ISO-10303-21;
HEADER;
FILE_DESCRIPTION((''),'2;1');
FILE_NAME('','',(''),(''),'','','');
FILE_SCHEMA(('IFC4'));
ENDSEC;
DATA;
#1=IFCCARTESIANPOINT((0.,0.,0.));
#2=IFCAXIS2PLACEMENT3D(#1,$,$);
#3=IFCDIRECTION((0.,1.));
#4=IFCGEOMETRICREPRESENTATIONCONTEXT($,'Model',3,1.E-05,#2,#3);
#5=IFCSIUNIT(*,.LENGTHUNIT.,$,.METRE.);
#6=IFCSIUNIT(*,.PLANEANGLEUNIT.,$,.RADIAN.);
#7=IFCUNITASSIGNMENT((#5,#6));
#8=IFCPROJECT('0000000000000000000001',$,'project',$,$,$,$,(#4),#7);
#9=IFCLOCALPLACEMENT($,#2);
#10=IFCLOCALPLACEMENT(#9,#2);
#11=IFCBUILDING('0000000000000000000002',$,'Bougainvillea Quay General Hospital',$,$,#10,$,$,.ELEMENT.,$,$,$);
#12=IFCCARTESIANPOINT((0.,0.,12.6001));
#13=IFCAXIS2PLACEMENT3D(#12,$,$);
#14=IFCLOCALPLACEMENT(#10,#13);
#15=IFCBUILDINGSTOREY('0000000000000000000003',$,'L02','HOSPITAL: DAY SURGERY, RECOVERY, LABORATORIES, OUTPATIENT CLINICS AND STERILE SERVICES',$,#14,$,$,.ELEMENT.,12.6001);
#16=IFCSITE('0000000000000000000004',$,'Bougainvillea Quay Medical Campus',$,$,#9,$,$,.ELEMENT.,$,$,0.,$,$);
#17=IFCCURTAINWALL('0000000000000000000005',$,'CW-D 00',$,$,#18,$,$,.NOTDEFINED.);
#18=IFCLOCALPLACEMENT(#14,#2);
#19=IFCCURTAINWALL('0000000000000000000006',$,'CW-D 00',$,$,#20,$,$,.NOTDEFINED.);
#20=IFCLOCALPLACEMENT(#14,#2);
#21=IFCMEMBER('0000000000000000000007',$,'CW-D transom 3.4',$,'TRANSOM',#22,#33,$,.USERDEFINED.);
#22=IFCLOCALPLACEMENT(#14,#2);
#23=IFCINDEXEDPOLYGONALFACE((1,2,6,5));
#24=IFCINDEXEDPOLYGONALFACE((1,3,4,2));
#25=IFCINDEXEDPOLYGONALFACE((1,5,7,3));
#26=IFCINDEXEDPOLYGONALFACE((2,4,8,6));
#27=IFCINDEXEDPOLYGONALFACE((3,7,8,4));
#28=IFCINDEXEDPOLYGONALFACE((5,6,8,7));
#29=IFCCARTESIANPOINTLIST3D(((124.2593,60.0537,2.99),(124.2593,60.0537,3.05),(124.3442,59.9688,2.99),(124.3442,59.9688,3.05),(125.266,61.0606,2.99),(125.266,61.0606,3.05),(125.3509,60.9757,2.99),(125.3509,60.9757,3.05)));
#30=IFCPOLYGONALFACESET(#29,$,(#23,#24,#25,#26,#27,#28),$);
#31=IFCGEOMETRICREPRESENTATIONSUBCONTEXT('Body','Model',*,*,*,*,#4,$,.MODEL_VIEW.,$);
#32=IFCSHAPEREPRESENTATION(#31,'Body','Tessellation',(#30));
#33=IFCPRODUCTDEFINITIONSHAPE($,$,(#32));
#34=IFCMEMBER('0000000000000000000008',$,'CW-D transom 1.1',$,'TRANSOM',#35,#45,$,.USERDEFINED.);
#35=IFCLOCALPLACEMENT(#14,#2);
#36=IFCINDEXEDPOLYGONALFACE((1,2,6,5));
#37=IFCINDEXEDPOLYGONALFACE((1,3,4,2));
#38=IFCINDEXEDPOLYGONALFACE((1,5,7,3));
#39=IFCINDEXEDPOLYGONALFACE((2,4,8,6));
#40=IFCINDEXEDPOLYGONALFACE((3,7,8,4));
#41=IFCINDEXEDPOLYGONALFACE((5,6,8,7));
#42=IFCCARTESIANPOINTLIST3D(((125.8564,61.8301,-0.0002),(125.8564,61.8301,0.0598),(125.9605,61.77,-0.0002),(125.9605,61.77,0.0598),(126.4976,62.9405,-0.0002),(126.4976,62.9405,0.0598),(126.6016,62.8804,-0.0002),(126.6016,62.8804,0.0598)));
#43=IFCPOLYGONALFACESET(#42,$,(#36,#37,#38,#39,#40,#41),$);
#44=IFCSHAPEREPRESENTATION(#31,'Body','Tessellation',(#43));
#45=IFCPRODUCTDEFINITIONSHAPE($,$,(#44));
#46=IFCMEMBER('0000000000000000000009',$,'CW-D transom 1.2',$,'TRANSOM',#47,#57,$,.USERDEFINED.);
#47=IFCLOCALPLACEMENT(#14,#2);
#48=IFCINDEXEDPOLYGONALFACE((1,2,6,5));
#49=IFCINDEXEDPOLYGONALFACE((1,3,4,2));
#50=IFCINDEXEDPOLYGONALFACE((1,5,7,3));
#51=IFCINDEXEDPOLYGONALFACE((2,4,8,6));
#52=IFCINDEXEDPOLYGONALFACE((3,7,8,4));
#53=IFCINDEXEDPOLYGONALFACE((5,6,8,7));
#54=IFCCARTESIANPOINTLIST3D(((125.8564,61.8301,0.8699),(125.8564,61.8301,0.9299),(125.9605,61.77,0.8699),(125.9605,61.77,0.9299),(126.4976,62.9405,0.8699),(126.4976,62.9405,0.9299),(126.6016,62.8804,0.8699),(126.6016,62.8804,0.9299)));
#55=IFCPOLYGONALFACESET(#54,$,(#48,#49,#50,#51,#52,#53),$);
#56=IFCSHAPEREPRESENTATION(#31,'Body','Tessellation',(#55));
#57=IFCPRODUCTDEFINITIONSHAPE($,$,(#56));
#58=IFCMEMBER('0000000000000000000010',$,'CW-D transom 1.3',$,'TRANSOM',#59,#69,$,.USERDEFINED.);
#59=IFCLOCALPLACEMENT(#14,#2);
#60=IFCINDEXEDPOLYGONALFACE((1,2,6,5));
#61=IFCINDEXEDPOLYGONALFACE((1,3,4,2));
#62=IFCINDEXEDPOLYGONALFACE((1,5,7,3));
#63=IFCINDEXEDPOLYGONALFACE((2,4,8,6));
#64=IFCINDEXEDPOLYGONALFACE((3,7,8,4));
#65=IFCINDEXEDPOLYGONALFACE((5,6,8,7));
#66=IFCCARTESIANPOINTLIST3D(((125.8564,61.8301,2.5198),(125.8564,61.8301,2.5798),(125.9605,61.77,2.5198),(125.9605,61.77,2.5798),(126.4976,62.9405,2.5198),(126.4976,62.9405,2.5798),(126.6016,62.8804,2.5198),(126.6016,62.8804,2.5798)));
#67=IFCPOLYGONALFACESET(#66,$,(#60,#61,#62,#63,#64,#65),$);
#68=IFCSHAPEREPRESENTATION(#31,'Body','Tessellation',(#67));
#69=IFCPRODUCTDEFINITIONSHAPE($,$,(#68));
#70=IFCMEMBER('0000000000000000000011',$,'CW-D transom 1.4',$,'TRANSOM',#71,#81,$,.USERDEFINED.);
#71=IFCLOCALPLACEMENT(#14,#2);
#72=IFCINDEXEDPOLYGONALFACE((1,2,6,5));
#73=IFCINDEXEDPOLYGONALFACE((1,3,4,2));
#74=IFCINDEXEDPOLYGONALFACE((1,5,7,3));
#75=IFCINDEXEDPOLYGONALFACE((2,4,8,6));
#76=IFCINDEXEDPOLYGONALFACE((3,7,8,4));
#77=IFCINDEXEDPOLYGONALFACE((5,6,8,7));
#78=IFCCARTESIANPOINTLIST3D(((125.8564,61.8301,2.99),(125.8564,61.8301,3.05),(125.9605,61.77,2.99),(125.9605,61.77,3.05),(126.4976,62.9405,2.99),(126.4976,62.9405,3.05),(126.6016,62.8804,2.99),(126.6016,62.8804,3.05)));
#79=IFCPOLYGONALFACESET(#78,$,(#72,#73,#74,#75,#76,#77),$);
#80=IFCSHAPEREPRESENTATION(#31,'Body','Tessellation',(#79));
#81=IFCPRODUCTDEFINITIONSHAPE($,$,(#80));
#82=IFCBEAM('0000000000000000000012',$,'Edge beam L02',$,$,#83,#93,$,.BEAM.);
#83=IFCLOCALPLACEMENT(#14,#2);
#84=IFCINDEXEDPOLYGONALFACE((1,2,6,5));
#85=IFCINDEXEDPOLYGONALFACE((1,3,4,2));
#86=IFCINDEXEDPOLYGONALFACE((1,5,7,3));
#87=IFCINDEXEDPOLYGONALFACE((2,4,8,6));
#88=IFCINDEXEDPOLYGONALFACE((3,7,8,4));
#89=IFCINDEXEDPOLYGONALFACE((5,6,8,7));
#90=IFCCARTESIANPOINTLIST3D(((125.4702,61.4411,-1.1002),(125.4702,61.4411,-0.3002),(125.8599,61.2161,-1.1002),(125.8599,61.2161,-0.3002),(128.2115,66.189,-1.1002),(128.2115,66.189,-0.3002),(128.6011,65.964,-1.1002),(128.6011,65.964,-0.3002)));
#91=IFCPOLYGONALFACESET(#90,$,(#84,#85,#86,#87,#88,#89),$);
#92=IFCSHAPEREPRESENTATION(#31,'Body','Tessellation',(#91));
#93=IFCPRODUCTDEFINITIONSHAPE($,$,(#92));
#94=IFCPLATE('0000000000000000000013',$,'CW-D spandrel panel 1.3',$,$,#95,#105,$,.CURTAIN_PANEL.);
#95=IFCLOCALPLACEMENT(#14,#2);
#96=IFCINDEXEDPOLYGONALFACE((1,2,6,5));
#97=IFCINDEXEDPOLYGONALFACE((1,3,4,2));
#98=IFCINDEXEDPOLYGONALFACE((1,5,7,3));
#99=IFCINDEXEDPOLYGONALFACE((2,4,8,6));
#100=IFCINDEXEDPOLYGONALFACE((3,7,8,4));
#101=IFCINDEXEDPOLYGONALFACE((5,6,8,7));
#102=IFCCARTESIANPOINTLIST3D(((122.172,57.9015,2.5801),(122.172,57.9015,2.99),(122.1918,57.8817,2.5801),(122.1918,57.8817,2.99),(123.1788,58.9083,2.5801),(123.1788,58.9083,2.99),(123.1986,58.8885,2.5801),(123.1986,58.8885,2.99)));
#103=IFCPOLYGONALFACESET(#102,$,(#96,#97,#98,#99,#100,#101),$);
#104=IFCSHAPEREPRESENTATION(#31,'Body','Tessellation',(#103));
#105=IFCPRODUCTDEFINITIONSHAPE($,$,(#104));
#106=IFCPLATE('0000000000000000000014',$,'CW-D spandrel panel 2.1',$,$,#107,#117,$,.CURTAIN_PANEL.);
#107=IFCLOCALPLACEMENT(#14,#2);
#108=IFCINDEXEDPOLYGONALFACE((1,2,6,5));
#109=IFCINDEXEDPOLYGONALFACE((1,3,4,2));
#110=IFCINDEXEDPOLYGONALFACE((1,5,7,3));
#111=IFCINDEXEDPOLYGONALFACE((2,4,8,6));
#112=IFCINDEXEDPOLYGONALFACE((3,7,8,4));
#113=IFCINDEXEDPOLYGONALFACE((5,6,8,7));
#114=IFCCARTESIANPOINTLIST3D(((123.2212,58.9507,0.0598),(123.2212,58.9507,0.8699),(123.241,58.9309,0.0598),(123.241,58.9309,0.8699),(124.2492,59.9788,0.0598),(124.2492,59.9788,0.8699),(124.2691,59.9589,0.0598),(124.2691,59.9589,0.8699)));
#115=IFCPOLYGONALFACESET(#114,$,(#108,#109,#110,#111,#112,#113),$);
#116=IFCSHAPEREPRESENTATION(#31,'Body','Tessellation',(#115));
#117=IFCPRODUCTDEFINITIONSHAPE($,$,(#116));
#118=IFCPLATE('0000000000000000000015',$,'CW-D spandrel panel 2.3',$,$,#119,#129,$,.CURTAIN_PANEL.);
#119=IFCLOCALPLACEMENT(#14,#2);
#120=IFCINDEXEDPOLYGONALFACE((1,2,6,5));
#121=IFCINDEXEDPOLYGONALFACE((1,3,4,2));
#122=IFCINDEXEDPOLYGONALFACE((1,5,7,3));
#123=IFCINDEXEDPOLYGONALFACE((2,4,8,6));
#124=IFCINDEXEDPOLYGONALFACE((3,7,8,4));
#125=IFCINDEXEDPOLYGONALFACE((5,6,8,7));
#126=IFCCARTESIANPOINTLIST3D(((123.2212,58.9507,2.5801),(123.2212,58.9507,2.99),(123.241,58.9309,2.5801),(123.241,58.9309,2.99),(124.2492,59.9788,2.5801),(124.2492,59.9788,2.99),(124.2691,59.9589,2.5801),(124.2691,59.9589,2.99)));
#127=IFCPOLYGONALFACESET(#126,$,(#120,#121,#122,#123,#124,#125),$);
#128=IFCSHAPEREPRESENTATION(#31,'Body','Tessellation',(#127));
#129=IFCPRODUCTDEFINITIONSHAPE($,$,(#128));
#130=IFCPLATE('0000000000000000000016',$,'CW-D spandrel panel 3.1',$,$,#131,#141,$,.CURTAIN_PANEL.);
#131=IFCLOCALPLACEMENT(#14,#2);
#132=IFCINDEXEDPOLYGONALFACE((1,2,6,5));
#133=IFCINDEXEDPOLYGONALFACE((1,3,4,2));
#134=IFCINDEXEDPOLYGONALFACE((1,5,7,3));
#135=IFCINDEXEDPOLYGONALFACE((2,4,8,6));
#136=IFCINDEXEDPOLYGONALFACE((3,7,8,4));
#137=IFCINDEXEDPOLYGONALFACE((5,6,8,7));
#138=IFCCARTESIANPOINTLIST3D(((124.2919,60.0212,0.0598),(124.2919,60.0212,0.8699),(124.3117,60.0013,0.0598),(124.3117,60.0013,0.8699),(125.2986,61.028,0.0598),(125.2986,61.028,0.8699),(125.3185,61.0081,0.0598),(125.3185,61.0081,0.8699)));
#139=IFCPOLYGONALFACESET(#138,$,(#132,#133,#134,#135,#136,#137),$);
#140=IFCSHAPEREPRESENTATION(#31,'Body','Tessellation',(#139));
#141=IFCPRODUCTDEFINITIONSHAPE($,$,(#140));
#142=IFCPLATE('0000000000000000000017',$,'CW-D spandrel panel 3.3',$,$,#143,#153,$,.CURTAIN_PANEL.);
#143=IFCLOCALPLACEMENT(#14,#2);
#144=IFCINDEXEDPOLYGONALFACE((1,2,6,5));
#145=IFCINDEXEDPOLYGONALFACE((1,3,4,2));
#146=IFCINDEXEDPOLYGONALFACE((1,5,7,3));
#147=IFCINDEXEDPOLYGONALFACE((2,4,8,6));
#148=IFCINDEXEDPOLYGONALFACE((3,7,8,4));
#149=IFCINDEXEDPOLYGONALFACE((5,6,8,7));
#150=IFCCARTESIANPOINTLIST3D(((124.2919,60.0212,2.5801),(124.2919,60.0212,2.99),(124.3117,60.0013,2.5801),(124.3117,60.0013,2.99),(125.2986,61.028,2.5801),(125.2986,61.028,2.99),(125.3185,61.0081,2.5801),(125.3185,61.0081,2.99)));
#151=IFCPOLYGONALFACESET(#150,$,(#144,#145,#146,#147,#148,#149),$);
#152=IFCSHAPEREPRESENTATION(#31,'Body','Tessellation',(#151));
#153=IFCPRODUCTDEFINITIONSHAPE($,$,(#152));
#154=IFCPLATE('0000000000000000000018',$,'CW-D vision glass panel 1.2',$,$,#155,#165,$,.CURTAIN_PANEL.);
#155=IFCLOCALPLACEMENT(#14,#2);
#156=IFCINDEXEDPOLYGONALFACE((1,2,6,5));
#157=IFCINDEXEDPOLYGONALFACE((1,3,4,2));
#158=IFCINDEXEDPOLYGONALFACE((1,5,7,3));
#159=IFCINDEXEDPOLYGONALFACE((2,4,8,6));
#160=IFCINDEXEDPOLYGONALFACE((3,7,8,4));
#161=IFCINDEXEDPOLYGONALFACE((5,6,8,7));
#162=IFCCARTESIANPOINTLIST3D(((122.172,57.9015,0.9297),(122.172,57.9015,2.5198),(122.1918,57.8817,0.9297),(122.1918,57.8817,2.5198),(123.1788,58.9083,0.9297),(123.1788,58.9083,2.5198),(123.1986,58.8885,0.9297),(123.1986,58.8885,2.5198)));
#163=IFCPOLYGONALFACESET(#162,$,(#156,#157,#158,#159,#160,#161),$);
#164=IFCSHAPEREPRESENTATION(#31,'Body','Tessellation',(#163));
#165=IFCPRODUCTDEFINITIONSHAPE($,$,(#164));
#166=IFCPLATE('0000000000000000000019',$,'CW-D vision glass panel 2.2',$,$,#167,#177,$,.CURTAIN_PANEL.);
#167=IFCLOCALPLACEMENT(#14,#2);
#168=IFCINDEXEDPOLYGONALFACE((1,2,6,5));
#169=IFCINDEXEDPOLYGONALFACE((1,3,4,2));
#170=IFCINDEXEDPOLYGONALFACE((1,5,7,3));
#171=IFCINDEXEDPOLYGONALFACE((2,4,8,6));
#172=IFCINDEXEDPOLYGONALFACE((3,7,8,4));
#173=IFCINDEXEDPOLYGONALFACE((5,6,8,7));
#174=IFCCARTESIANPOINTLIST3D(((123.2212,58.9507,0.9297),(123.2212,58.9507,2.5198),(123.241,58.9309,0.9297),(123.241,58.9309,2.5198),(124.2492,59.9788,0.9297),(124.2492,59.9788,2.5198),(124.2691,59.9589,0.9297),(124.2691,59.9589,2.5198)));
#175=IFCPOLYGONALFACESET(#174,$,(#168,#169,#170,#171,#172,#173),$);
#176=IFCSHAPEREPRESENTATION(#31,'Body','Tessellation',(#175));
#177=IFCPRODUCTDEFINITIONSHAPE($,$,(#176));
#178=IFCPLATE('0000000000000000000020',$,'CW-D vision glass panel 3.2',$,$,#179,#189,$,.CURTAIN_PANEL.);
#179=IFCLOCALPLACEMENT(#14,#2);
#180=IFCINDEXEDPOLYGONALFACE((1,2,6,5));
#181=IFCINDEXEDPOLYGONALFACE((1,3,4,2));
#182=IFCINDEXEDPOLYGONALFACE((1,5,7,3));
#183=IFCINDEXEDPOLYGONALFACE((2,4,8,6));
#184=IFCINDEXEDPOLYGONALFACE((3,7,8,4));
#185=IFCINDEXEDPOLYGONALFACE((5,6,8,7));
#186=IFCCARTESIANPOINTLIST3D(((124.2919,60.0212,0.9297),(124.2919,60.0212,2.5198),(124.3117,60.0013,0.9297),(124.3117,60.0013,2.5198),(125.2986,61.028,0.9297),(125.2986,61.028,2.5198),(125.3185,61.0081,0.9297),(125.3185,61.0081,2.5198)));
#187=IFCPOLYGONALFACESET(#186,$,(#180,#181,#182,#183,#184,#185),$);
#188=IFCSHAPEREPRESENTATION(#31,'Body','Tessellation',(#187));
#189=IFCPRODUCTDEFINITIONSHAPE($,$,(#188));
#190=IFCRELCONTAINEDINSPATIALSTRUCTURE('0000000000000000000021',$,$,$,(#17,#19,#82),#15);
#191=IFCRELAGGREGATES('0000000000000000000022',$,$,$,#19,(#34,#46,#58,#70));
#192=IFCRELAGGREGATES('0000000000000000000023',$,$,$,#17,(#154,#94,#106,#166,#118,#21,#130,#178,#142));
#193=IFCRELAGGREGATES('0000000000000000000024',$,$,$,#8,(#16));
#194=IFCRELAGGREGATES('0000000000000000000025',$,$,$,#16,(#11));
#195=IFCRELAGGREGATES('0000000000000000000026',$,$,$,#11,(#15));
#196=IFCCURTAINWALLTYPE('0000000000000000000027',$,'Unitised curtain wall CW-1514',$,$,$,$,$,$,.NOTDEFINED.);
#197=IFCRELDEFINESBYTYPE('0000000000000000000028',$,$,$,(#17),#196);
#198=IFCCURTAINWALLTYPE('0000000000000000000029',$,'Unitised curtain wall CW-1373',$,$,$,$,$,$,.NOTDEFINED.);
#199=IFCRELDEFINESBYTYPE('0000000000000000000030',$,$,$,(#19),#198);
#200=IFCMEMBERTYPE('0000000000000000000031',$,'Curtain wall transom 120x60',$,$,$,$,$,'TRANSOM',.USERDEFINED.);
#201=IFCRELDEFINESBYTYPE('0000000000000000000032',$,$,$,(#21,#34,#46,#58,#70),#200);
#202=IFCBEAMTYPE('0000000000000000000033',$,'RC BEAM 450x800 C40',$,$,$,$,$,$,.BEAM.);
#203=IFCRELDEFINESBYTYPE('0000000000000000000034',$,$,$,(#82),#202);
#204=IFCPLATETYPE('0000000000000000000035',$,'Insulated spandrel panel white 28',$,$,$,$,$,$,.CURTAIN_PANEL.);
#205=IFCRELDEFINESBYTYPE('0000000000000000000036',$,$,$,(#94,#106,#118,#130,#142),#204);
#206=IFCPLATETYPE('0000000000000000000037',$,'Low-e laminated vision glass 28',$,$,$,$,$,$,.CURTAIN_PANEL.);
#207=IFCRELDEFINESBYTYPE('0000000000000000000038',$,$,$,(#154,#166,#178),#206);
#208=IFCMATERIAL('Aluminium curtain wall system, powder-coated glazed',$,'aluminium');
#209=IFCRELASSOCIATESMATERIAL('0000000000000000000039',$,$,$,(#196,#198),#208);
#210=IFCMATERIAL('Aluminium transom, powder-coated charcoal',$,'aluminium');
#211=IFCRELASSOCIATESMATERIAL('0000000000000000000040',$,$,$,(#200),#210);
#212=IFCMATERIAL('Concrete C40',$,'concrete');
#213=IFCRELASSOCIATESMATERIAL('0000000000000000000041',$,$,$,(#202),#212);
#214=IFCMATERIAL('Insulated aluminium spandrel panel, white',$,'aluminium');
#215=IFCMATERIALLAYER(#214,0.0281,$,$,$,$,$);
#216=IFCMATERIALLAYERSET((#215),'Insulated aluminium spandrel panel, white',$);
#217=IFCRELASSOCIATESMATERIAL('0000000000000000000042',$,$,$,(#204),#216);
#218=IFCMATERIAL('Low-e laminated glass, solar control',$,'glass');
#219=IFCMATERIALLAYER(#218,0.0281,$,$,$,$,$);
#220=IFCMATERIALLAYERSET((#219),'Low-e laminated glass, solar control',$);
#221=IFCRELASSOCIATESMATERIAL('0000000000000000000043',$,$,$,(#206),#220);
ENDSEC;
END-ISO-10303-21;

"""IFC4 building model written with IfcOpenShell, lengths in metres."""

from ifc_helpers import new_model, si_unit, direction, frame, origin, origin_2d, place, context, subcontext, project, spatial, rectangle, extrude, material, layer, layer_set, material_profile, profile_set, type_object, element, aggregate, save


model = new_model("IFC4")

# Units and contexts
model_context = context("Model", 3, precision=1e-05, world=origin(), true_north=direction((0.0, 1.0)))
body_context = subcontext(model_context, "Body", "Model", "MODEL_VIEW")
ifc_project = project(units=[si_unit("LENGTHUNIT", "METRE"), si_unit("PLANEANGLEUNIT", "RADIAN")], contexts=[model_context])

# Site, building, storey
site_placement = place(None, origin())
site = spatial("IfcSite", under=ifc_project, at=site_placement, Name="Bougainvillea Quay Medical Campus", CompositionType="ELEMENT", RefElevation=0.0)
building_placement = place(site_placement, origin())
building = spatial("IfcBuilding", under=site, at=building_placement, Name="Bougainvillea Quay General Hospital", CompositionType="ELEMENT")
storey_placement = place(building_placement, frame((0.0, 0.0, 12.6001)))
storey = spatial("IfcBuildingStorey", under=building, at=storey_placement, Name="L02", Description="HOSPITAL: DAY SURGERY, RECOVERY, LABORATORIES, OUTPATIENT CLINICS AND STERILE SERVICES", CompositionType="ELEMENT", Elevation=12.6001)

# Shared definitions
ifc_material_1 = material(Name="Concrete C40", Category="concrete")

# Curtain wall
ifc_material_2 = material(Name="Aluminium curtain wall system, powder-coated glazed", Category="aluminium")
curtain_wall_type_1 = type_object("IfcCurtainWallType", Name="Unitised curtain wall CW-1514", PredefinedType="NOTDEFINED", material=ifc_material_2)
curtain_wall_1_placement = place(storey_placement, origin())
curtain_wall_1 = element("IfcCurtainWall", 1, at=curtain_wall_1_placement, inside=storey, type_object=curtain_wall_type_1, Name="CW-D 00", PredefinedType="NOTDEFINED")

# Curtain wall
curtain_wall_type_2 = type_object("IfcCurtainWallType", Name="Unitised curtain wall CW-1373", PredefinedType="NOTDEFINED", material=ifc_material_2)
curtain_wall_2_placement = place(storey_placement, origin())
curtain_wall_2 = element("IfcCurtainWall", 2, at=curtain_wall_2_placement, inside=storey, type_object=curtain_wall_type_2, Name="CW-D 00", PredefinedType="NOTDEFINED")

# Members
ifc_material_3 = material(Name="Aluminium transom, powder-coated charcoal", Category="aluminium")
ifc_material_profile_1 = material_profile(ifc_material_3, rectangle(XDim=0.1201, YDim=0.0601, at=origin_2d()))
ifc_profile_set_1 = profile_set([ifc_material_profile_1], Name="Aluminium transom, powder-coated charcoal")
member_type_1 = type_object("IfcMemberType", Name="Curtain wall transom 120x60", ElementType="TRANSOM", PredefinedType="USERDEFINED", material=ifc_profile_set_1)
member_1_placement = place(storey_placement, frame((124.3018, 60.0112, 3.02), z_axis=(0.707021, 0.707193, 0.0), x_axis=(-0.707193, 0.707021, 0.0)))
member_1 = element("IfcMember", 3, at=member_1_placement, type_object=member_type_1, Name="CW-D transom 3.4", ObjectType="TRANSOM", PredefinedType="USERDEFINED", context=body_context, shape_type="SweptSolid", body=[
    extrude(rectangle(XDim=0.1201, YDim=0.0601, at=origin_2d()), origin(), (0.0, 0.0, 1.0), 1.4238),
])
member_2_placement = place(storey_placement, frame((125.9084, 61.8, 0.0298), z_axis=(0.50003, 0.866008, 0.0), x_axis=(-0.866008, 0.50003, 0.0)))
member_2 = element("IfcMember", 4, at=member_2_placement, type_object=member_type_1, Name="CW-D transom 1.1", ObjectType="TRANSOM", PredefinedType="USERDEFINED", context=body_context, shape_type="SweptSolid", body=[
    extrude(rectangle(XDim=0.1201, YDim=0.0601, at=origin_2d()), origin(), (0.0, 0.0, 1.0), 1.2822),
])
member_3_placement = place(storey_placement, frame((125.9084, 61.8, 0.8999), z_axis=(0.50003, 0.866008, 0.0), x_axis=(-0.866008, 0.50003, 0.0)))
member_3 = element("IfcMember", 5, at=member_3_placement, type_object=member_type_1, Name="CW-D transom 1.2", ObjectType="TRANSOM", PredefinedType="USERDEFINED", context=body_context, shape_type="SweptSolid", body=[
    extrude(rectangle(XDim=0.1201, YDim=0.0601, at=origin_2d()), origin(), (0.0, 0.0, 1.0), 1.2822),
])
member_4_placement = place(storey_placement, frame((125.9084, 61.8, 2.5498), z_axis=(0.50003, 0.866008, 0.0), x_axis=(-0.866008, 0.50003, 0.0)))
member_4 = element("IfcMember", 6, at=member_4_placement, type_object=member_type_1, Name="CW-D transom 1.3", ObjectType="TRANSOM", PredefinedType="USERDEFINED", context=body_context, shape_type="SweptSolid", body=[
    extrude(rectangle(XDim=0.1201, YDim=0.0601, at=origin_2d()), origin(), (0.0, 0.0, 1.0), 1.2822),
])
member_5_placement = place(storey_placement, frame((125.9084, 61.8, 3.02), z_axis=(0.50003, 0.866008, 0.0), x_axis=(-0.866008, 0.50003, 0.0)))
member_5 = element("IfcMember", 7, at=member_5_placement, type_object=member_type_1, Name="CW-D transom 1.4", ObjectType="TRANSOM", PredefinedType="USERDEFINED", context=body_context, shape_type="SweptSolid", body=[
    extrude(rectangle(XDim=0.1201, YDim=0.0601, at=origin_2d()), origin(), (0.0, 0.0, 1.0), 1.2822),
])
aggregate(curtain_wall_2, [member_2, member_3, member_4, member_5])

# Beam
ifc_material_profile_2 = material_profile(ifc_material_1, rectangle(XDim=0.45, YDim=0.8, at=origin_2d()))
ifc_profile_set_2 = profile_set([ifc_material_profile_2], Name="Concrete C40")
beam_type = type_object("IfcBeamType", Name="RC BEAM 450x800 C40", PredefinedType="BEAM", material=ifc_profile_set_2)
beam_placement = place(storey_placement, frame((125.665, 61.3286, -0.7002), z_axis=(0.500009, 0.86602, 0.0), x_axis=(-0.86602, 0.500009, 0.0)))
element("IfcBeam", 8, at=beam_placement, inside=storey, type_object=beam_type, Name="Edge beam L02", PredefinedType="BEAM", context=body_context, shape_type="SweptSolid", body=[
    extrude(rectangle(XDim=0.45, YDim=0.8, at=origin_2d()), origin(), (0.0, 0.0, 1.0), 5.4824),
])

# Plates
ifc_material_4 = material(Name="Insulated aluminium spandrel panel, white", Category="aluminium")
ifc_layer_1 = layer(ifc_material_4, 0.0281)
ifc_layer_set_1 = layer_set([ifc_layer_1], Name="Insulated aluminium spandrel panel, white")
plate_type_1 = type_object("IfcPlateType", Name="Insulated spandrel panel white 28", PredefinedType="CURTAIN_PANEL", material=ifc_layer_set_1)
plate_1_placement = place(storey_placement, frame((122.6853, 58.395, 2.5801), z_axis=(0.0, 0.0, 1.0), x_axis=(0.707107, 0.707107, 0.0)))
plate_1 = element("IfcPlate", 9, at=plate_1_placement, type_object=plate_type_1, Name="CW-D spandrel panel 1.3", PredefinedType="CURTAIN_PANEL", context=body_context, shape_type="SweptSolid", body=[
    extrude(rectangle(XDim=1.4238, YDim=0.0281, at=origin_2d()), origin(), (0.0, 0.0, 1.0), 0.4099),
])
plate_2_placement = place(storey_placement, frame((123.7451, 59.4548, 0.0598), z_axis=(0.0, 0.0, 1.0), x_axis=(0.707107, 0.707107, 0.0)))
plate_2 = element("IfcPlate", 10, at=plate_2_placement, type_object=plate_type_1, Name="CW-D spandrel panel 2.1", PredefinedType="CURTAIN_PANEL", context=body_context, shape_type="SweptSolid", body=[
    extrude(rectangle(XDim=1.4539, YDim=0.0281, at=origin_2d()), origin(), (0.0, 0.0, 1.0), 0.8101),
])
plate_3_placement = place(storey_placement, frame((123.7451, 59.4548, 2.5801), z_axis=(0.0, 0.0, 1.0), x_axis=(0.707107, 0.707107, 0.0)))
plate_3 = element("IfcPlate", 11, at=plate_3_placement, type_object=plate_type_1, Name="CW-D spandrel panel 2.3", PredefinedType="CURTAIN_PANEL", context=body_context, shape_type="SweptSolid", body=[
    extrude(rectangle(XDim=1.4539, YDim=0.0281, at=origin_2d()), origin(), (0.0, 0.0, 1.0), 0.4099),
])
plate_4_placement = place(storey_placement, frame((124.8052, 60.5146, 0.0598), z_axis=(0.0, 0.0, 1.0), x_axis=(0.707107, 0.707107, 0.0)))
plate_4 = element("IfcPlate", 12, at=plate_4_placement, type_object=plate_type_1, Name="CW-D spandrel panel 3.1", PredefinedType="CURTAIN_PANEL", context=body_context, shape_type="SweptSolid", body=[
    extrude(rectangle(XDim=1.4238, YDim=0.0281, at=origin_2d()), origin(), (0.0, 0.0, 1.0), 0.8101),
])
plate_5_placement = place(storey_placement, frame((124.8052, 60.5146, 2.5801), z_axis=(0.0, 0.0, 1.0), x_axis=(0.707107, 0.707107, 0.0)))
plate_5 = element("IfcPlate", 13, at=plate_5_placement, type_object=plate_type_1, Name="CW-D spandrel panel 3.3", PredefinedType="CURTAIN_PANEL", context=body_context, shape_type="SweptSolid", body=[
    extrude(rectangle(XDim=1.4238, YDim=0.0281, at=origin_2d()), origin(), (0.0, 0.0, 1.0), 0.4099),
])
ifc_material_5 = material(Name="Low-e laminated glass, solar control", Category="glass")
ifc_layer_2 = layer(ifc_material_5, 0.0281)
ifc_layer_set_2 = layer_set([ifc_layer_2], Name="Low-e laminated glass, solar control")
plate_type_2 = type_object("IfcPlateType", Name="Low-e laminated vision glass 28", PredefinedType="CURTAIN_PANEL", material=ifc_layer_set_2)
plate_6_placement = place(storey_placement, frame((122.6853, 58.395, 0.9297), z_axis=(0.0, 0.0, 1.0), x_axis=(0.707107, 0.707107, 0.0)))
plate_6 = element("IfcPlate", 14, at=plate_6_placement, type_object=plate_type_2, Name="CW-D vision glass panel 1.2", PredefinedType="CURTAIN_PANEL", context=body_context, shape_type="SweptSolid", body=[
    extrude(rectangle(XDim=1.4238, YDim=0.0281, at=origin_2d()), origin(), (0.0, 0.0, 1.0), 1.5901),
])
plate_7_placement = place(storey_placement, frame((123.7451, 59.4548, 0.9297), z_axis=(0.0, 0.0, 1.0), x_axis=(0.707107, 0.707107, 0.0)))
plate_7 = element("IfcPlate", 15, at=plate_7_placement, type_object=plate_type_2, Name="CW-D vision glass panel 2.2", PredefinedType="CURTAIN_PANEL", context=body_context, shape_type="SweptSolid", body=[
    extrude(rectangle(XDim=1.4539, YDim=0.0281, at=origin_2d()), origin(), (0.0, 0.0, 1.0), 1.5901),
])
plate_8_placement = place(storey_placement, frame((124.8052, 60.5146, 0.9297), z_axis=(0.0, 0.0, 1.0), x_axis=(0.707107, 0.707107, 0.0)))
plate_8 = element("IfcPlate", 16, at=plate_8_placement, type_object=plate_type_2, Name="CW-D vision glass panel 3.2", PredefinedType="CURTAIN_PANEL", context=body_context, shape_type="SweptSolid", body=[
    extrude(rectangle(XDim=1.4238, YDim=0.0281, at=origin_2d()), origin(), (0.0, 0.0, 1.0), 1.5901),
])
aggregate(curtain_wall_1, [plate_6, plate_1, plate_2, plate_7, plate_3, member_1, plate_4, plate_8, plate_5])

save(model, "model.ifc")
